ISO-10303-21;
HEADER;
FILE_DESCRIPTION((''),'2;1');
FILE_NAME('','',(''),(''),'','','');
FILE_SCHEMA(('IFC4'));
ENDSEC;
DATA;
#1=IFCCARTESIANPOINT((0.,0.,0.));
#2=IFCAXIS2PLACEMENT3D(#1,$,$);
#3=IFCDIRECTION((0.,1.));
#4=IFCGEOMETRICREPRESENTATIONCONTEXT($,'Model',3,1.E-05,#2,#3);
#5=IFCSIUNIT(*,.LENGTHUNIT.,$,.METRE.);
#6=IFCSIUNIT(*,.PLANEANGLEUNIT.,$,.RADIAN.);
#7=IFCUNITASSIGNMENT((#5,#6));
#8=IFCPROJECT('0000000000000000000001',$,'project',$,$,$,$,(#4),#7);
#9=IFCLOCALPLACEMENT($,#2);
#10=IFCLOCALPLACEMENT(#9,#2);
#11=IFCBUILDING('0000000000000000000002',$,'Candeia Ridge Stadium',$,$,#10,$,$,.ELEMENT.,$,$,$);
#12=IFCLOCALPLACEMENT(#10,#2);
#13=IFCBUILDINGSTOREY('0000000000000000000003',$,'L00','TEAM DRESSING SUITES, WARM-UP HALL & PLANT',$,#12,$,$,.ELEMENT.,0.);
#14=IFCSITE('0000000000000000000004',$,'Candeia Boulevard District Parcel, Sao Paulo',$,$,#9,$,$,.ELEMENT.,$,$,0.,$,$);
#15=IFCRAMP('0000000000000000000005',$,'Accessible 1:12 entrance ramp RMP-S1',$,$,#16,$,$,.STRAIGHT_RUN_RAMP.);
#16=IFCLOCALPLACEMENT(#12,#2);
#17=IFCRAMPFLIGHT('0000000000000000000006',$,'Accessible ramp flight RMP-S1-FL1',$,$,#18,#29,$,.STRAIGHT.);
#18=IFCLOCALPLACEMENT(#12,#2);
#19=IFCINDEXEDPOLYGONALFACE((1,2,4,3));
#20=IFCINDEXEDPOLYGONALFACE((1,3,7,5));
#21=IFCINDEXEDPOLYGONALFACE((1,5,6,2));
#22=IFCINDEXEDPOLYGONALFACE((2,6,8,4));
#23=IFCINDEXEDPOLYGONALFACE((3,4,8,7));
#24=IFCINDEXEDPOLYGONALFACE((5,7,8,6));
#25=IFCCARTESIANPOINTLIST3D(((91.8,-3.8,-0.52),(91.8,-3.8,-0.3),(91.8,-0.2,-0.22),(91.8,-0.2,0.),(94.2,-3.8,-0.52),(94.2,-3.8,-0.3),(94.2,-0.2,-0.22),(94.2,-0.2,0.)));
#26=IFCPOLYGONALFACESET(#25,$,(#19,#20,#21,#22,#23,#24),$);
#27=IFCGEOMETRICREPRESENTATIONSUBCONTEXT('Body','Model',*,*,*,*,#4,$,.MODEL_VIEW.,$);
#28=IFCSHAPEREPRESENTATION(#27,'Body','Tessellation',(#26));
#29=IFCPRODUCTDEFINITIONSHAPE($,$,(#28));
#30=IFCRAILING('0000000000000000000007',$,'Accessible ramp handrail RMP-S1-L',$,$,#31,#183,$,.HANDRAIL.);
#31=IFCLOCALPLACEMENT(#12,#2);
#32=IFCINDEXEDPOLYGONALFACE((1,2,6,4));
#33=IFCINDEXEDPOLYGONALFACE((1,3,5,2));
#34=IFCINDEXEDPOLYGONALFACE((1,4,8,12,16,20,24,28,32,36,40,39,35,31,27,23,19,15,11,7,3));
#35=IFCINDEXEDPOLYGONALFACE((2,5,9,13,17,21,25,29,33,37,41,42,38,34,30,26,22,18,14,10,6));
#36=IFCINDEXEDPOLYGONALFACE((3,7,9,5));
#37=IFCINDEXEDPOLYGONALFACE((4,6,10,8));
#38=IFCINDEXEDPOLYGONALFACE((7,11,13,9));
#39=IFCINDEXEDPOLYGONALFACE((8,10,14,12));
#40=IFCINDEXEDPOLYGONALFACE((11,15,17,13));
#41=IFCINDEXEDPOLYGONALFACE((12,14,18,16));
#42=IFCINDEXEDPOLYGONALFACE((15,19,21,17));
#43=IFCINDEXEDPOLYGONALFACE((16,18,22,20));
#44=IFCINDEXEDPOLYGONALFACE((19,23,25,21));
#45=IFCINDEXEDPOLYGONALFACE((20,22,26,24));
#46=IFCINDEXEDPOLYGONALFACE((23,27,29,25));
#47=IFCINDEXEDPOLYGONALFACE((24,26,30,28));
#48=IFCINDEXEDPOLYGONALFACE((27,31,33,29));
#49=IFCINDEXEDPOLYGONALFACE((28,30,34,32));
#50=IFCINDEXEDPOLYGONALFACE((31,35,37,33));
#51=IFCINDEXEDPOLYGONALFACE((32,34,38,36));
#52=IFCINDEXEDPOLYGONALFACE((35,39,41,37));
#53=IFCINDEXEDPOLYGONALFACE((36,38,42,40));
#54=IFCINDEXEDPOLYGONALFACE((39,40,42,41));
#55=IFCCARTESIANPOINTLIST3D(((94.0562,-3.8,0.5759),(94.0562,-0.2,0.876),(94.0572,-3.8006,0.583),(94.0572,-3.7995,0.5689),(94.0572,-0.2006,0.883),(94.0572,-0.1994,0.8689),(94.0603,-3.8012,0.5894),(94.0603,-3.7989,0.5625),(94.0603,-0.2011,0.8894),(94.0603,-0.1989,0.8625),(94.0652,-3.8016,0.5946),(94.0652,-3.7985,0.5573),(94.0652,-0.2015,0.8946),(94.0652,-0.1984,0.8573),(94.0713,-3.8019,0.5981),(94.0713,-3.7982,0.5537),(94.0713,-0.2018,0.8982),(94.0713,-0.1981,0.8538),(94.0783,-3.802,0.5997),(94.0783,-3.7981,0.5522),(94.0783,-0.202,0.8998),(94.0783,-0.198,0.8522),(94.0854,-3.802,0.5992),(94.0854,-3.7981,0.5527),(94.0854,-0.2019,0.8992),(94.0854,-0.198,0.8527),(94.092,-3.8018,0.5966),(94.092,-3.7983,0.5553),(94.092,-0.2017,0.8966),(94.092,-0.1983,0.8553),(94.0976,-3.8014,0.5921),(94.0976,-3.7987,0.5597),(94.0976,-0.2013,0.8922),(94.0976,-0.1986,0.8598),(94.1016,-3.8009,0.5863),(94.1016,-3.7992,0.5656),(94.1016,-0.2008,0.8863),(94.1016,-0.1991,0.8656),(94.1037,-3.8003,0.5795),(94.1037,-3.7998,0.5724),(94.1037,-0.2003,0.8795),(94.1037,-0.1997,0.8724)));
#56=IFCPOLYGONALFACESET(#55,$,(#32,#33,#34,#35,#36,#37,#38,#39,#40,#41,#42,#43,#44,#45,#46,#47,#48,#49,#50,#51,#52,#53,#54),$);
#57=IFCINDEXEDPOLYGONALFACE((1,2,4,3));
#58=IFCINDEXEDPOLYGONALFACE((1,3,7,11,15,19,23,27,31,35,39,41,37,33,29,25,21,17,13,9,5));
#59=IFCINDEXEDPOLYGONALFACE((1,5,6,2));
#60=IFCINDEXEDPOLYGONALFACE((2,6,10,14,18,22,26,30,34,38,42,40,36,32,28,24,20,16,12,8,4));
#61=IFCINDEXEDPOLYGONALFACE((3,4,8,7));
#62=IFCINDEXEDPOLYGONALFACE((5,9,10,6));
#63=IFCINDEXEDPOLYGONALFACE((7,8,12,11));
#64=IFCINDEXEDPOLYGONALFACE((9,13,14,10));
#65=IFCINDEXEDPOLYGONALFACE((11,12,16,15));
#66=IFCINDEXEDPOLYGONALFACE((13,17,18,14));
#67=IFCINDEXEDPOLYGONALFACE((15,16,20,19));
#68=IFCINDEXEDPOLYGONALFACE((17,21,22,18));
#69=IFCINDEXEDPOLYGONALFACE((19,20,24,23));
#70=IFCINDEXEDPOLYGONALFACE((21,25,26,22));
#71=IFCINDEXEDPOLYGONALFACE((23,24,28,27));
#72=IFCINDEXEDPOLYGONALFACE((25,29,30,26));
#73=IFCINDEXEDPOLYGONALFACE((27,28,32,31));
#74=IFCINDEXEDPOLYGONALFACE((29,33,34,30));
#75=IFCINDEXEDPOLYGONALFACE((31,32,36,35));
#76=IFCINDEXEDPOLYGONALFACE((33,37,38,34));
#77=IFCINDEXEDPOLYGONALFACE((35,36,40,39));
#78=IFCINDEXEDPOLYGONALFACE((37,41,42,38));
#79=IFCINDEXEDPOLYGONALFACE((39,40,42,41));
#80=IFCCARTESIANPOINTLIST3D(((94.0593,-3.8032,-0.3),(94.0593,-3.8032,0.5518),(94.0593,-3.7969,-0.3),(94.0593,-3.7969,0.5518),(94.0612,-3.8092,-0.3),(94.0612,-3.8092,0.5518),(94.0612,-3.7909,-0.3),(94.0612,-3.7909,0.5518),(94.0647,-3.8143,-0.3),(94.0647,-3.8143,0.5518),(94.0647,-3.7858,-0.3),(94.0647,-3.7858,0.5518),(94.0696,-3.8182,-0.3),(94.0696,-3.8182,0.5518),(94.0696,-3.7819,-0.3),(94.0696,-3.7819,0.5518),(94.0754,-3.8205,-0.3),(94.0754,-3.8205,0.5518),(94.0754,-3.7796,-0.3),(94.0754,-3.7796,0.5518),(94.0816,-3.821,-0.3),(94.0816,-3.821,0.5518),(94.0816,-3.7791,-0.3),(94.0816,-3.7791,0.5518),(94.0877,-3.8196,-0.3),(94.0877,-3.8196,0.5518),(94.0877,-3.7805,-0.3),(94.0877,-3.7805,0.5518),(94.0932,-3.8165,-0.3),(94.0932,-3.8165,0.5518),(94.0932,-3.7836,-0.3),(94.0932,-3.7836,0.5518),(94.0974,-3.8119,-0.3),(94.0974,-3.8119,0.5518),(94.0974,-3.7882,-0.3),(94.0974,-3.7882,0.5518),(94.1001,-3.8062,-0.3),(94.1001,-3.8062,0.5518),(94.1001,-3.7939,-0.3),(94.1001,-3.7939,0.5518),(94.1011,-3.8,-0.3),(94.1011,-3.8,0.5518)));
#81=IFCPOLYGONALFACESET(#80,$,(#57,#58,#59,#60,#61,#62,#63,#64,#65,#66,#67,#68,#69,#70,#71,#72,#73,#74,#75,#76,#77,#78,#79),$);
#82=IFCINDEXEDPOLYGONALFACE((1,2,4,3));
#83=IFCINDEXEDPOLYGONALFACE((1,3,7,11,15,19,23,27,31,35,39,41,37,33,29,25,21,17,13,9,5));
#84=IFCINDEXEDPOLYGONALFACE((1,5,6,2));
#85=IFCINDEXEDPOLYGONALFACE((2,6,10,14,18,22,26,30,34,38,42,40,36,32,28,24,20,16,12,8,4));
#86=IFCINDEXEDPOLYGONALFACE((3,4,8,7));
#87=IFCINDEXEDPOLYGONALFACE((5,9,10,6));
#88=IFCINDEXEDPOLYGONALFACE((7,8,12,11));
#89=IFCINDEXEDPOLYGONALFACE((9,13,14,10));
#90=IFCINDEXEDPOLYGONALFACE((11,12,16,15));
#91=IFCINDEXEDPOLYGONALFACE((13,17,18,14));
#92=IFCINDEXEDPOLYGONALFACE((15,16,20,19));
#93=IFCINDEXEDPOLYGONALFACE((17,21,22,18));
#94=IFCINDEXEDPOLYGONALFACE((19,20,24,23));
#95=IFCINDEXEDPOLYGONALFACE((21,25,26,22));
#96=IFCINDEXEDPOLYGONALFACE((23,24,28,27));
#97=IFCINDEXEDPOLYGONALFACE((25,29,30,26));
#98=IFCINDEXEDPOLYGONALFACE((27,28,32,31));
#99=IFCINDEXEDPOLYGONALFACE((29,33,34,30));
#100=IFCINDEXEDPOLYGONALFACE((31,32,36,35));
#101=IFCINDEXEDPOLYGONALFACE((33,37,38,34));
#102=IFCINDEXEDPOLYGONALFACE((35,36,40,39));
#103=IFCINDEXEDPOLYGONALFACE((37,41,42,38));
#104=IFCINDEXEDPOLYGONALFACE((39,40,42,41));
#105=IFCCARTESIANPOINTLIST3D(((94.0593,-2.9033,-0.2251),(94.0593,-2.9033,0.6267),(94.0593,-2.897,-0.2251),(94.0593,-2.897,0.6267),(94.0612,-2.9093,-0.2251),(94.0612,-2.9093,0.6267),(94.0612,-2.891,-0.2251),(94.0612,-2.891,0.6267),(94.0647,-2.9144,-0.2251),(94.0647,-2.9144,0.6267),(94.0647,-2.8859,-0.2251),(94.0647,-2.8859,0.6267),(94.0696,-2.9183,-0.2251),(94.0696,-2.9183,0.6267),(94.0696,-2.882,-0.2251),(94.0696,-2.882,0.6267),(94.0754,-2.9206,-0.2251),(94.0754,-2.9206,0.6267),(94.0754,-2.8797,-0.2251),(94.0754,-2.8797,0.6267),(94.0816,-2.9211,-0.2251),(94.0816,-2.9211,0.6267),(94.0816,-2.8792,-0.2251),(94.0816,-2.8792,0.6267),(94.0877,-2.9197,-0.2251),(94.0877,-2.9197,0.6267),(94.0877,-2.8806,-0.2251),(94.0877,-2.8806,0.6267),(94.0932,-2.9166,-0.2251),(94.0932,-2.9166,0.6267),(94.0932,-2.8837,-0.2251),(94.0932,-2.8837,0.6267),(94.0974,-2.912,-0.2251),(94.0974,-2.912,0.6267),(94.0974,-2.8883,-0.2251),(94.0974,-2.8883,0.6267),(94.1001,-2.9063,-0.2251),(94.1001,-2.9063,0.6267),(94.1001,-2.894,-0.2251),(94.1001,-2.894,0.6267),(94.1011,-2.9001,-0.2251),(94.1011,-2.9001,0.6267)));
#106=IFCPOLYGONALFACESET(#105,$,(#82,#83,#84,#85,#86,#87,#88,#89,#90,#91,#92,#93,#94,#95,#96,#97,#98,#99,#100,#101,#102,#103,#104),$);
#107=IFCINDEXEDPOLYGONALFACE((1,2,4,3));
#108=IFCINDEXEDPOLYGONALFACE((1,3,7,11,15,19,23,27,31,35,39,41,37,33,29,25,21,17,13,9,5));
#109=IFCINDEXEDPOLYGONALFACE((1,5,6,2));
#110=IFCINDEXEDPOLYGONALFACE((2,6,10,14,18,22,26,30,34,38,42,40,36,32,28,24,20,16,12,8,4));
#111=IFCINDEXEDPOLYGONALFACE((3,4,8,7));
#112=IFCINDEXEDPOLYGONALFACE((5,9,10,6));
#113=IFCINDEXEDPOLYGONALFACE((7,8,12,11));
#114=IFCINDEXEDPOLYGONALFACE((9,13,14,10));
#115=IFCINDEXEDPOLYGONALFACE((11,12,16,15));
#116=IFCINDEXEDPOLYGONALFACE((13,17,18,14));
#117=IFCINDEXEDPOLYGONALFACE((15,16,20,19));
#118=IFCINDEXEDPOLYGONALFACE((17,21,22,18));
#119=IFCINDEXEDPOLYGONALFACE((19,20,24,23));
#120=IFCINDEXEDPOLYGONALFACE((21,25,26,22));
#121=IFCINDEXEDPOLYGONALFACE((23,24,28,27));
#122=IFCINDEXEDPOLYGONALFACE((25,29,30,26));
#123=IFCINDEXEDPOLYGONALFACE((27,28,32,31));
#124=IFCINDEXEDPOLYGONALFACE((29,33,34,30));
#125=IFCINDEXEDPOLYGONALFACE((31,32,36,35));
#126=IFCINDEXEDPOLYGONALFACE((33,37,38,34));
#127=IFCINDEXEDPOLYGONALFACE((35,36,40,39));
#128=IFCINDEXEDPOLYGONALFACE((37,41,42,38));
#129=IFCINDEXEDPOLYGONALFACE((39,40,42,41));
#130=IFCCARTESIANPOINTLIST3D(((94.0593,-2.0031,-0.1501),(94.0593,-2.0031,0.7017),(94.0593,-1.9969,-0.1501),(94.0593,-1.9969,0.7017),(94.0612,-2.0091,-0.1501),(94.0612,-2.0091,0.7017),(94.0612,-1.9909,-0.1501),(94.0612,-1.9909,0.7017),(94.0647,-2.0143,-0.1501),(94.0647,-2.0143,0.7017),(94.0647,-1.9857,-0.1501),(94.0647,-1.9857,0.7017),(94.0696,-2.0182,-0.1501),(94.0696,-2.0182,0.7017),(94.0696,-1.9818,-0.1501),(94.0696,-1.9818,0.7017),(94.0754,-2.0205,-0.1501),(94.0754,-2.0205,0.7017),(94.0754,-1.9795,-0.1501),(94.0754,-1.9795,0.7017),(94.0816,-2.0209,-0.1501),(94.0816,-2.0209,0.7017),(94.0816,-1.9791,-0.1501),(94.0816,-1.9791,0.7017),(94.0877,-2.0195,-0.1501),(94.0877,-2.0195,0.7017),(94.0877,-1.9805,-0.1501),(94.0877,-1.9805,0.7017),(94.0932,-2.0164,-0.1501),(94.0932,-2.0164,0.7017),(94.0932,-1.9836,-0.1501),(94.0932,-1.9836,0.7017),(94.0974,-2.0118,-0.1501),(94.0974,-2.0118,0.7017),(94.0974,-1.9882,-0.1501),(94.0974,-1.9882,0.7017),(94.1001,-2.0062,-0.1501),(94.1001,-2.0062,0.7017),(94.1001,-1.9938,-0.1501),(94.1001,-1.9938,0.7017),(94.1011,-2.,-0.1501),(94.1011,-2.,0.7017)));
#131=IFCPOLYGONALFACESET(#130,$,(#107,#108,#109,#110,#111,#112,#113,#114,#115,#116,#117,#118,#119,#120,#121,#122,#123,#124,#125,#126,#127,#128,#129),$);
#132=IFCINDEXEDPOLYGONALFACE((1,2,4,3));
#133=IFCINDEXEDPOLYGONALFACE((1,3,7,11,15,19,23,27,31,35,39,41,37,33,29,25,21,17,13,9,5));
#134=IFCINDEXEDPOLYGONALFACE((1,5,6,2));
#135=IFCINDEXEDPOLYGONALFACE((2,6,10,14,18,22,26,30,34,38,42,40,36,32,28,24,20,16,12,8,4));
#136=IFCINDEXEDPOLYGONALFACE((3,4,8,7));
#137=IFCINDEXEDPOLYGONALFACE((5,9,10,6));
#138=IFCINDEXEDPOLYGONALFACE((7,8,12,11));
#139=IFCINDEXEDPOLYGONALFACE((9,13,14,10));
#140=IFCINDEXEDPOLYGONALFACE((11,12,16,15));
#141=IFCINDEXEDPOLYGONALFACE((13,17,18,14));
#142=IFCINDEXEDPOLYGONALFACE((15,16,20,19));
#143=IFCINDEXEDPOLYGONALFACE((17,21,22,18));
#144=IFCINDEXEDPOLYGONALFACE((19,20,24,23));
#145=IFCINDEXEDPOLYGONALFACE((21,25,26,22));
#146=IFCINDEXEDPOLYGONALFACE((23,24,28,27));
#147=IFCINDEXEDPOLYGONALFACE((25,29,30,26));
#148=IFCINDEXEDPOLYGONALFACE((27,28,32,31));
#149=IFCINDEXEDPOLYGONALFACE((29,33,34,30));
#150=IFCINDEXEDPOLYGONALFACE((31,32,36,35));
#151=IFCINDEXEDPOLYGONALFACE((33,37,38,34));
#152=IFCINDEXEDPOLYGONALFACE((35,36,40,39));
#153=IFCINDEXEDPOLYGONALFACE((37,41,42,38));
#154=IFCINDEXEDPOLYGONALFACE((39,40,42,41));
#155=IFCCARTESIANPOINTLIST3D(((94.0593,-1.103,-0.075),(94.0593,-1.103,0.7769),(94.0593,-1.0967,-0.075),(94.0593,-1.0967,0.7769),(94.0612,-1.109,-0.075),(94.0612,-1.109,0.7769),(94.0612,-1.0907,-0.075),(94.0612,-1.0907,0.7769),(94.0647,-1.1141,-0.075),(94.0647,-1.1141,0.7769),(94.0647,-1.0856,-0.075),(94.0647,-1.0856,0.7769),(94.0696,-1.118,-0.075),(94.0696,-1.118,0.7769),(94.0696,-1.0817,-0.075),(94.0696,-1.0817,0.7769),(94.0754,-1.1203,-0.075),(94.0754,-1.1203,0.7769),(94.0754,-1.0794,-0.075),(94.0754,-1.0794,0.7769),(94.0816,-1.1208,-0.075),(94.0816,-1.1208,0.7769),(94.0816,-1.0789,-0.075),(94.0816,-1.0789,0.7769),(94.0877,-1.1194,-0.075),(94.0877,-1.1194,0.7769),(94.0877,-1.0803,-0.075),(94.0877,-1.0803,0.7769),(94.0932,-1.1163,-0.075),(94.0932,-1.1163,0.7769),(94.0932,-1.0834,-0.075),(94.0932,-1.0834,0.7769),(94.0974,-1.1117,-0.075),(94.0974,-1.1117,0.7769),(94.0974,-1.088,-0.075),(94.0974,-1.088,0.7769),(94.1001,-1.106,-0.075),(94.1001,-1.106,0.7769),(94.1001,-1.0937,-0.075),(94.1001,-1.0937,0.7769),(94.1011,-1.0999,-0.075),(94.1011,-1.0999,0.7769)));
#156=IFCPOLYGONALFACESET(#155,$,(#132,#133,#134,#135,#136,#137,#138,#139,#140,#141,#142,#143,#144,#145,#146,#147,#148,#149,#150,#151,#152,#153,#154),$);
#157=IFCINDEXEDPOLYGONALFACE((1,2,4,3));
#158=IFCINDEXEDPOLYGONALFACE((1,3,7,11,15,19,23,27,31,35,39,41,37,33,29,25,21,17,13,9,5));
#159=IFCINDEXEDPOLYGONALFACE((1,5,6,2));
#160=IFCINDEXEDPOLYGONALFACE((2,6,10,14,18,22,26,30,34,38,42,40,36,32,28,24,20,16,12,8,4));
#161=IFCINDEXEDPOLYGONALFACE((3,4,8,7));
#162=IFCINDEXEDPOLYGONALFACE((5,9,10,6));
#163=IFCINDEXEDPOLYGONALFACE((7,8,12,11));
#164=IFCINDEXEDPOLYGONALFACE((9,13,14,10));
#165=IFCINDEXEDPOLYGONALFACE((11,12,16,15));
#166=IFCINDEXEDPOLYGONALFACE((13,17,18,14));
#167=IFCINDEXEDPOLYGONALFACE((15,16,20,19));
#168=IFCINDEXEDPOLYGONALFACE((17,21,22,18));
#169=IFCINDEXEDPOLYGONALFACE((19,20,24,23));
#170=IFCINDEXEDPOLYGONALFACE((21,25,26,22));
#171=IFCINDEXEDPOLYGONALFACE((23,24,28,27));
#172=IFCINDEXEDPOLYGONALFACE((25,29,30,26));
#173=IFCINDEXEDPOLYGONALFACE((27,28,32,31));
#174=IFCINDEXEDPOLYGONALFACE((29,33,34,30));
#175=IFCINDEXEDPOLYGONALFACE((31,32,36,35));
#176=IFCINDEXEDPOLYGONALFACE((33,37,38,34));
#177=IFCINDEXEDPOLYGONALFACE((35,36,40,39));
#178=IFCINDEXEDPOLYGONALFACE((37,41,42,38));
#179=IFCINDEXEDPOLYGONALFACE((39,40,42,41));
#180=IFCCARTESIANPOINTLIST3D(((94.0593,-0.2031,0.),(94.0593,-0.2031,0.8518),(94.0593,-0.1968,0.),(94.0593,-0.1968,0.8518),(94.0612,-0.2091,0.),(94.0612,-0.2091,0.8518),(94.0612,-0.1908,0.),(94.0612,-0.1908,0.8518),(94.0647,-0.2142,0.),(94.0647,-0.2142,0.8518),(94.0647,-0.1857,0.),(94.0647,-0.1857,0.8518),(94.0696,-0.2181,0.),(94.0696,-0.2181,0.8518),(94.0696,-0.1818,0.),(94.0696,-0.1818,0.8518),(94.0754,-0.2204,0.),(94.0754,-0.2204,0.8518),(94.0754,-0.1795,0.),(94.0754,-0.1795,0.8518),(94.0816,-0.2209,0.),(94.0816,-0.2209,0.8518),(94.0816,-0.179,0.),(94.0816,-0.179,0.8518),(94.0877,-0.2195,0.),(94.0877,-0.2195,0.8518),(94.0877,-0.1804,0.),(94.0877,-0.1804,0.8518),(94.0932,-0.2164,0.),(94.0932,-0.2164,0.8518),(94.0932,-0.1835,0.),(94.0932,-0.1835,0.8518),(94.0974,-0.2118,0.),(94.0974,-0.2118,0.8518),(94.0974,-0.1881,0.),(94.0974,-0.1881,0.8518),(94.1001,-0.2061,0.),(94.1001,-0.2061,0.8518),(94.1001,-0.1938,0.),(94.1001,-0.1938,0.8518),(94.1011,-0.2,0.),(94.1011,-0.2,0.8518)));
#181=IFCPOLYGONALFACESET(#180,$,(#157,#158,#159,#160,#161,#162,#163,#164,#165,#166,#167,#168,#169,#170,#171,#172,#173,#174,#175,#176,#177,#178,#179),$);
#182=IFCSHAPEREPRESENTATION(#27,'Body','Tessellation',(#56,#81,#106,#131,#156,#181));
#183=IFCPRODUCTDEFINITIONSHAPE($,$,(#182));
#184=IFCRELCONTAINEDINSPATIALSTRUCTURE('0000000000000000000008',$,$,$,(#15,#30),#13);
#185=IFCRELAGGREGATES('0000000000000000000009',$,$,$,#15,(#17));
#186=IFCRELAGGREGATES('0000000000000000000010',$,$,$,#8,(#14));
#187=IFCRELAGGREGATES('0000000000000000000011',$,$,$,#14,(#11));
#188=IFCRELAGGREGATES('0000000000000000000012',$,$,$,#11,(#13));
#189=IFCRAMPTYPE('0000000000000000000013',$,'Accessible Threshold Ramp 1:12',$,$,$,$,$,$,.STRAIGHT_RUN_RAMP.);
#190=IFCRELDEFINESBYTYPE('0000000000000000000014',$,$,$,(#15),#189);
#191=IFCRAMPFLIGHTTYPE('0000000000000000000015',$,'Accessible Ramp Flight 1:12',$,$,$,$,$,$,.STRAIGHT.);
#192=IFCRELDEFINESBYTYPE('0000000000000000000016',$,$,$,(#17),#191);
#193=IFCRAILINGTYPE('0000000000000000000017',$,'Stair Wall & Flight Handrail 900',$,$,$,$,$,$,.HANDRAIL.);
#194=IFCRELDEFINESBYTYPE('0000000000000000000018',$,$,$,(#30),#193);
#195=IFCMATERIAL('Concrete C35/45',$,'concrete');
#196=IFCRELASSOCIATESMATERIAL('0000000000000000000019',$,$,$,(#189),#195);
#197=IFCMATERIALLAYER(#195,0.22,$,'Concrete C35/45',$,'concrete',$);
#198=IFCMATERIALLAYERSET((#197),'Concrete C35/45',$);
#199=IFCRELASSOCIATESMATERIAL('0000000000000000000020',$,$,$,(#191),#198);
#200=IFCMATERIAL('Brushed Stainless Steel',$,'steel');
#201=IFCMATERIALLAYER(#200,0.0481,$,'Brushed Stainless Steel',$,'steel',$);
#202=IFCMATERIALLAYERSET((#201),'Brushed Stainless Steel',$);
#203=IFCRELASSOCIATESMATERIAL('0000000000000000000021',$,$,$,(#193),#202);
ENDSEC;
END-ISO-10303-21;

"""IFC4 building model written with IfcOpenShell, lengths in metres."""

from ifc_helpers import new_model, si_unit, direction, frame, origin, origin_2d, place, context, subcontext, project, spatial, polyline, circle, outline, extrude, material, layer, layer_set, type_object, element, aggregate, save


model = new_model("IFC4")

# Units and contexts
model_context = context("Model", 3, precision=1e-05, world=origin(), true_north=direction((0.0, 1.0)))
body_context = subcontext(model_context, "Body", "Model", "MODEL_VIEW")
ifc_project = project(units=[si_unit("LENGTHUNIT", "METRE"), si_unit("PLANEANGLEUNIT", "RADIAN")], contexts=[model_context])

# Site, building, storey
site_placement = place(None, origin())
site = spatial("IfcSite", under=ifc_project, at=site_placement, Name="Candeia Boulevard District Parcel, Sao Paulo", CompositionType="ELEMENT", RefElevation=0.0)
building_placement = place(site_placement, origin())
building = spatial("IfcBuilding", under=site, at=building_placement, Name="Candeia Ridge Stadium", CompositionType="ELEMENT")
storey_placement = place(building_placement, origin())
storey = spatial("IfcBuildingStorey", under=building, at=storey_placement, Name="L00", Description="TEAM DRESSING SUITES, WARM-UP HALL & PLANT", CompositionType="ELEMENT", Elevation=0.0)

# Shared definitions
ifc_material_1 = material(Name="Concrete C35/45", Category="concrete")

# Ramp, ramp flight
ramp_type = type_object("IfcRampType", Name="Accessible Threshold Ramp 1:12", PredefinedType="STRAIGHT_RUN_RAMP", material=ifc_material_1)
ramp_placement = place(storey_placement, origin())
ramp = element("IfcRamp", 1, at=ramp_placement, inside=storey, type_object=ramp_type, Name="Accessible 1:12 entrance ramp RMP-S1", PredefinedType="STRAIGHT_RUN_RAMP")
ifc_layer_1 = layer(ifc_material_1, 0.22, Name="Concrete C35/45", Category="concrete")
ifc_layer_set_1 = layer_set([ifc_layer_1], Name="Concrete C35/45")
ramp_flight_type = type_object("IfcRampFlightType", Name="Accessible Ramp Flight 1:12", PredefinedType="STRAIGHT", material=ifc_layer_set_1)
ramp_flight_placement = place(storey_placement, frame((93.0, -3.8, -0.3), z_axis=(0.0, 0.0, 1.0), x_axis=(0.0, 1.0, 0.0)))
ramp_flight = element("IfcRampFlight", 2, at=ramp_flight_placement, type_object=ramp_flight_type, Name="Accessible ramp flight RMP-S1-FL1", PredefinedType="STRAIGHT", context=body_context, shape_type="SweptSolid", body=[
    extrude(outline(polyline([(0.0, 0.0), (3.6001, 0.3), (3.6001, 0.0801), (0.0, -0.22), (0.0, 0.0)])), frame((0.0, 1.2, 0.0), z_axis=(0.0, -1.0, 0.0), x_axis=(1.0, 0.0, 0.0)), (0.0, 0.0, 1.0), 2.3999),
])
aggregate(ramp, [ramp_flight])

# Railing
ifc_material_2 = material(Name="Brushed Stainless Steel", Category="steel")
ifc_layer_2 = layer(ifc_material_2, 0.0481, Name="Brushed Stainless Steel", Category="steel")
ifc_layer_set_2 = layer_set([ifc_layer_2], Name="Brushed Stainless Steel")
railing_type_1 = type_object("IfcRailingType", Name="Stair Wall & Flight Handrail 900", PredefinedType="HANDRAIL", material=ifc_layer_set_2)
railing_1_placement = place(storey_placement, frame((94.0801, -3.8, -0.3)))
element("IfcRailing", 3, at=railing_1_placement, inside=storey, type_object=railing_type_1, Name="Accessible ramp handrail RMP-S1-L", PredefinedType="HANDRAIL", context=body_context, shape_type="SweptSolid", body=[
    extrude(circle(Radius=0.0239, at=origin_2d()), frame((0.0, 0.0, 0.876), z_axis=(0.0, 0.996545, 0.083057), x_axis=(-1.0, 0.0, 0.0)), (0.0, 0.0, 1.0), 3.6125),
    extrude(circle(Radius=0.021, at=origin_2d()), origin(), (0.0, 0.0, 1.0), 0.8518),
    extrude(circle(Radius=0.021, at=origin_2d()), frame((0.0, 0.8999, 0.075)), (0.0, 0.0, 1.0), 0.8518),
    extrude(circle(Radius=0.021, at=origin_2d()), frame((0.0, 1.8, 0.1499)), (0.0, 0.0, 1.0), 0.8518),
    extrude(circle(Radius=0.021, at=origin_2d()), frame((0.0, 2.7002, 0.2251)), (0.0, 0.0, 1.0), 0.8518),
    extrude(circle(Radius=0.021, at=origin_2d()), frame((0.0, 3.6001, 0.3)), (0.0, 0.0, 1.0), 0.8518),
])

save(model, "model.ifc")
